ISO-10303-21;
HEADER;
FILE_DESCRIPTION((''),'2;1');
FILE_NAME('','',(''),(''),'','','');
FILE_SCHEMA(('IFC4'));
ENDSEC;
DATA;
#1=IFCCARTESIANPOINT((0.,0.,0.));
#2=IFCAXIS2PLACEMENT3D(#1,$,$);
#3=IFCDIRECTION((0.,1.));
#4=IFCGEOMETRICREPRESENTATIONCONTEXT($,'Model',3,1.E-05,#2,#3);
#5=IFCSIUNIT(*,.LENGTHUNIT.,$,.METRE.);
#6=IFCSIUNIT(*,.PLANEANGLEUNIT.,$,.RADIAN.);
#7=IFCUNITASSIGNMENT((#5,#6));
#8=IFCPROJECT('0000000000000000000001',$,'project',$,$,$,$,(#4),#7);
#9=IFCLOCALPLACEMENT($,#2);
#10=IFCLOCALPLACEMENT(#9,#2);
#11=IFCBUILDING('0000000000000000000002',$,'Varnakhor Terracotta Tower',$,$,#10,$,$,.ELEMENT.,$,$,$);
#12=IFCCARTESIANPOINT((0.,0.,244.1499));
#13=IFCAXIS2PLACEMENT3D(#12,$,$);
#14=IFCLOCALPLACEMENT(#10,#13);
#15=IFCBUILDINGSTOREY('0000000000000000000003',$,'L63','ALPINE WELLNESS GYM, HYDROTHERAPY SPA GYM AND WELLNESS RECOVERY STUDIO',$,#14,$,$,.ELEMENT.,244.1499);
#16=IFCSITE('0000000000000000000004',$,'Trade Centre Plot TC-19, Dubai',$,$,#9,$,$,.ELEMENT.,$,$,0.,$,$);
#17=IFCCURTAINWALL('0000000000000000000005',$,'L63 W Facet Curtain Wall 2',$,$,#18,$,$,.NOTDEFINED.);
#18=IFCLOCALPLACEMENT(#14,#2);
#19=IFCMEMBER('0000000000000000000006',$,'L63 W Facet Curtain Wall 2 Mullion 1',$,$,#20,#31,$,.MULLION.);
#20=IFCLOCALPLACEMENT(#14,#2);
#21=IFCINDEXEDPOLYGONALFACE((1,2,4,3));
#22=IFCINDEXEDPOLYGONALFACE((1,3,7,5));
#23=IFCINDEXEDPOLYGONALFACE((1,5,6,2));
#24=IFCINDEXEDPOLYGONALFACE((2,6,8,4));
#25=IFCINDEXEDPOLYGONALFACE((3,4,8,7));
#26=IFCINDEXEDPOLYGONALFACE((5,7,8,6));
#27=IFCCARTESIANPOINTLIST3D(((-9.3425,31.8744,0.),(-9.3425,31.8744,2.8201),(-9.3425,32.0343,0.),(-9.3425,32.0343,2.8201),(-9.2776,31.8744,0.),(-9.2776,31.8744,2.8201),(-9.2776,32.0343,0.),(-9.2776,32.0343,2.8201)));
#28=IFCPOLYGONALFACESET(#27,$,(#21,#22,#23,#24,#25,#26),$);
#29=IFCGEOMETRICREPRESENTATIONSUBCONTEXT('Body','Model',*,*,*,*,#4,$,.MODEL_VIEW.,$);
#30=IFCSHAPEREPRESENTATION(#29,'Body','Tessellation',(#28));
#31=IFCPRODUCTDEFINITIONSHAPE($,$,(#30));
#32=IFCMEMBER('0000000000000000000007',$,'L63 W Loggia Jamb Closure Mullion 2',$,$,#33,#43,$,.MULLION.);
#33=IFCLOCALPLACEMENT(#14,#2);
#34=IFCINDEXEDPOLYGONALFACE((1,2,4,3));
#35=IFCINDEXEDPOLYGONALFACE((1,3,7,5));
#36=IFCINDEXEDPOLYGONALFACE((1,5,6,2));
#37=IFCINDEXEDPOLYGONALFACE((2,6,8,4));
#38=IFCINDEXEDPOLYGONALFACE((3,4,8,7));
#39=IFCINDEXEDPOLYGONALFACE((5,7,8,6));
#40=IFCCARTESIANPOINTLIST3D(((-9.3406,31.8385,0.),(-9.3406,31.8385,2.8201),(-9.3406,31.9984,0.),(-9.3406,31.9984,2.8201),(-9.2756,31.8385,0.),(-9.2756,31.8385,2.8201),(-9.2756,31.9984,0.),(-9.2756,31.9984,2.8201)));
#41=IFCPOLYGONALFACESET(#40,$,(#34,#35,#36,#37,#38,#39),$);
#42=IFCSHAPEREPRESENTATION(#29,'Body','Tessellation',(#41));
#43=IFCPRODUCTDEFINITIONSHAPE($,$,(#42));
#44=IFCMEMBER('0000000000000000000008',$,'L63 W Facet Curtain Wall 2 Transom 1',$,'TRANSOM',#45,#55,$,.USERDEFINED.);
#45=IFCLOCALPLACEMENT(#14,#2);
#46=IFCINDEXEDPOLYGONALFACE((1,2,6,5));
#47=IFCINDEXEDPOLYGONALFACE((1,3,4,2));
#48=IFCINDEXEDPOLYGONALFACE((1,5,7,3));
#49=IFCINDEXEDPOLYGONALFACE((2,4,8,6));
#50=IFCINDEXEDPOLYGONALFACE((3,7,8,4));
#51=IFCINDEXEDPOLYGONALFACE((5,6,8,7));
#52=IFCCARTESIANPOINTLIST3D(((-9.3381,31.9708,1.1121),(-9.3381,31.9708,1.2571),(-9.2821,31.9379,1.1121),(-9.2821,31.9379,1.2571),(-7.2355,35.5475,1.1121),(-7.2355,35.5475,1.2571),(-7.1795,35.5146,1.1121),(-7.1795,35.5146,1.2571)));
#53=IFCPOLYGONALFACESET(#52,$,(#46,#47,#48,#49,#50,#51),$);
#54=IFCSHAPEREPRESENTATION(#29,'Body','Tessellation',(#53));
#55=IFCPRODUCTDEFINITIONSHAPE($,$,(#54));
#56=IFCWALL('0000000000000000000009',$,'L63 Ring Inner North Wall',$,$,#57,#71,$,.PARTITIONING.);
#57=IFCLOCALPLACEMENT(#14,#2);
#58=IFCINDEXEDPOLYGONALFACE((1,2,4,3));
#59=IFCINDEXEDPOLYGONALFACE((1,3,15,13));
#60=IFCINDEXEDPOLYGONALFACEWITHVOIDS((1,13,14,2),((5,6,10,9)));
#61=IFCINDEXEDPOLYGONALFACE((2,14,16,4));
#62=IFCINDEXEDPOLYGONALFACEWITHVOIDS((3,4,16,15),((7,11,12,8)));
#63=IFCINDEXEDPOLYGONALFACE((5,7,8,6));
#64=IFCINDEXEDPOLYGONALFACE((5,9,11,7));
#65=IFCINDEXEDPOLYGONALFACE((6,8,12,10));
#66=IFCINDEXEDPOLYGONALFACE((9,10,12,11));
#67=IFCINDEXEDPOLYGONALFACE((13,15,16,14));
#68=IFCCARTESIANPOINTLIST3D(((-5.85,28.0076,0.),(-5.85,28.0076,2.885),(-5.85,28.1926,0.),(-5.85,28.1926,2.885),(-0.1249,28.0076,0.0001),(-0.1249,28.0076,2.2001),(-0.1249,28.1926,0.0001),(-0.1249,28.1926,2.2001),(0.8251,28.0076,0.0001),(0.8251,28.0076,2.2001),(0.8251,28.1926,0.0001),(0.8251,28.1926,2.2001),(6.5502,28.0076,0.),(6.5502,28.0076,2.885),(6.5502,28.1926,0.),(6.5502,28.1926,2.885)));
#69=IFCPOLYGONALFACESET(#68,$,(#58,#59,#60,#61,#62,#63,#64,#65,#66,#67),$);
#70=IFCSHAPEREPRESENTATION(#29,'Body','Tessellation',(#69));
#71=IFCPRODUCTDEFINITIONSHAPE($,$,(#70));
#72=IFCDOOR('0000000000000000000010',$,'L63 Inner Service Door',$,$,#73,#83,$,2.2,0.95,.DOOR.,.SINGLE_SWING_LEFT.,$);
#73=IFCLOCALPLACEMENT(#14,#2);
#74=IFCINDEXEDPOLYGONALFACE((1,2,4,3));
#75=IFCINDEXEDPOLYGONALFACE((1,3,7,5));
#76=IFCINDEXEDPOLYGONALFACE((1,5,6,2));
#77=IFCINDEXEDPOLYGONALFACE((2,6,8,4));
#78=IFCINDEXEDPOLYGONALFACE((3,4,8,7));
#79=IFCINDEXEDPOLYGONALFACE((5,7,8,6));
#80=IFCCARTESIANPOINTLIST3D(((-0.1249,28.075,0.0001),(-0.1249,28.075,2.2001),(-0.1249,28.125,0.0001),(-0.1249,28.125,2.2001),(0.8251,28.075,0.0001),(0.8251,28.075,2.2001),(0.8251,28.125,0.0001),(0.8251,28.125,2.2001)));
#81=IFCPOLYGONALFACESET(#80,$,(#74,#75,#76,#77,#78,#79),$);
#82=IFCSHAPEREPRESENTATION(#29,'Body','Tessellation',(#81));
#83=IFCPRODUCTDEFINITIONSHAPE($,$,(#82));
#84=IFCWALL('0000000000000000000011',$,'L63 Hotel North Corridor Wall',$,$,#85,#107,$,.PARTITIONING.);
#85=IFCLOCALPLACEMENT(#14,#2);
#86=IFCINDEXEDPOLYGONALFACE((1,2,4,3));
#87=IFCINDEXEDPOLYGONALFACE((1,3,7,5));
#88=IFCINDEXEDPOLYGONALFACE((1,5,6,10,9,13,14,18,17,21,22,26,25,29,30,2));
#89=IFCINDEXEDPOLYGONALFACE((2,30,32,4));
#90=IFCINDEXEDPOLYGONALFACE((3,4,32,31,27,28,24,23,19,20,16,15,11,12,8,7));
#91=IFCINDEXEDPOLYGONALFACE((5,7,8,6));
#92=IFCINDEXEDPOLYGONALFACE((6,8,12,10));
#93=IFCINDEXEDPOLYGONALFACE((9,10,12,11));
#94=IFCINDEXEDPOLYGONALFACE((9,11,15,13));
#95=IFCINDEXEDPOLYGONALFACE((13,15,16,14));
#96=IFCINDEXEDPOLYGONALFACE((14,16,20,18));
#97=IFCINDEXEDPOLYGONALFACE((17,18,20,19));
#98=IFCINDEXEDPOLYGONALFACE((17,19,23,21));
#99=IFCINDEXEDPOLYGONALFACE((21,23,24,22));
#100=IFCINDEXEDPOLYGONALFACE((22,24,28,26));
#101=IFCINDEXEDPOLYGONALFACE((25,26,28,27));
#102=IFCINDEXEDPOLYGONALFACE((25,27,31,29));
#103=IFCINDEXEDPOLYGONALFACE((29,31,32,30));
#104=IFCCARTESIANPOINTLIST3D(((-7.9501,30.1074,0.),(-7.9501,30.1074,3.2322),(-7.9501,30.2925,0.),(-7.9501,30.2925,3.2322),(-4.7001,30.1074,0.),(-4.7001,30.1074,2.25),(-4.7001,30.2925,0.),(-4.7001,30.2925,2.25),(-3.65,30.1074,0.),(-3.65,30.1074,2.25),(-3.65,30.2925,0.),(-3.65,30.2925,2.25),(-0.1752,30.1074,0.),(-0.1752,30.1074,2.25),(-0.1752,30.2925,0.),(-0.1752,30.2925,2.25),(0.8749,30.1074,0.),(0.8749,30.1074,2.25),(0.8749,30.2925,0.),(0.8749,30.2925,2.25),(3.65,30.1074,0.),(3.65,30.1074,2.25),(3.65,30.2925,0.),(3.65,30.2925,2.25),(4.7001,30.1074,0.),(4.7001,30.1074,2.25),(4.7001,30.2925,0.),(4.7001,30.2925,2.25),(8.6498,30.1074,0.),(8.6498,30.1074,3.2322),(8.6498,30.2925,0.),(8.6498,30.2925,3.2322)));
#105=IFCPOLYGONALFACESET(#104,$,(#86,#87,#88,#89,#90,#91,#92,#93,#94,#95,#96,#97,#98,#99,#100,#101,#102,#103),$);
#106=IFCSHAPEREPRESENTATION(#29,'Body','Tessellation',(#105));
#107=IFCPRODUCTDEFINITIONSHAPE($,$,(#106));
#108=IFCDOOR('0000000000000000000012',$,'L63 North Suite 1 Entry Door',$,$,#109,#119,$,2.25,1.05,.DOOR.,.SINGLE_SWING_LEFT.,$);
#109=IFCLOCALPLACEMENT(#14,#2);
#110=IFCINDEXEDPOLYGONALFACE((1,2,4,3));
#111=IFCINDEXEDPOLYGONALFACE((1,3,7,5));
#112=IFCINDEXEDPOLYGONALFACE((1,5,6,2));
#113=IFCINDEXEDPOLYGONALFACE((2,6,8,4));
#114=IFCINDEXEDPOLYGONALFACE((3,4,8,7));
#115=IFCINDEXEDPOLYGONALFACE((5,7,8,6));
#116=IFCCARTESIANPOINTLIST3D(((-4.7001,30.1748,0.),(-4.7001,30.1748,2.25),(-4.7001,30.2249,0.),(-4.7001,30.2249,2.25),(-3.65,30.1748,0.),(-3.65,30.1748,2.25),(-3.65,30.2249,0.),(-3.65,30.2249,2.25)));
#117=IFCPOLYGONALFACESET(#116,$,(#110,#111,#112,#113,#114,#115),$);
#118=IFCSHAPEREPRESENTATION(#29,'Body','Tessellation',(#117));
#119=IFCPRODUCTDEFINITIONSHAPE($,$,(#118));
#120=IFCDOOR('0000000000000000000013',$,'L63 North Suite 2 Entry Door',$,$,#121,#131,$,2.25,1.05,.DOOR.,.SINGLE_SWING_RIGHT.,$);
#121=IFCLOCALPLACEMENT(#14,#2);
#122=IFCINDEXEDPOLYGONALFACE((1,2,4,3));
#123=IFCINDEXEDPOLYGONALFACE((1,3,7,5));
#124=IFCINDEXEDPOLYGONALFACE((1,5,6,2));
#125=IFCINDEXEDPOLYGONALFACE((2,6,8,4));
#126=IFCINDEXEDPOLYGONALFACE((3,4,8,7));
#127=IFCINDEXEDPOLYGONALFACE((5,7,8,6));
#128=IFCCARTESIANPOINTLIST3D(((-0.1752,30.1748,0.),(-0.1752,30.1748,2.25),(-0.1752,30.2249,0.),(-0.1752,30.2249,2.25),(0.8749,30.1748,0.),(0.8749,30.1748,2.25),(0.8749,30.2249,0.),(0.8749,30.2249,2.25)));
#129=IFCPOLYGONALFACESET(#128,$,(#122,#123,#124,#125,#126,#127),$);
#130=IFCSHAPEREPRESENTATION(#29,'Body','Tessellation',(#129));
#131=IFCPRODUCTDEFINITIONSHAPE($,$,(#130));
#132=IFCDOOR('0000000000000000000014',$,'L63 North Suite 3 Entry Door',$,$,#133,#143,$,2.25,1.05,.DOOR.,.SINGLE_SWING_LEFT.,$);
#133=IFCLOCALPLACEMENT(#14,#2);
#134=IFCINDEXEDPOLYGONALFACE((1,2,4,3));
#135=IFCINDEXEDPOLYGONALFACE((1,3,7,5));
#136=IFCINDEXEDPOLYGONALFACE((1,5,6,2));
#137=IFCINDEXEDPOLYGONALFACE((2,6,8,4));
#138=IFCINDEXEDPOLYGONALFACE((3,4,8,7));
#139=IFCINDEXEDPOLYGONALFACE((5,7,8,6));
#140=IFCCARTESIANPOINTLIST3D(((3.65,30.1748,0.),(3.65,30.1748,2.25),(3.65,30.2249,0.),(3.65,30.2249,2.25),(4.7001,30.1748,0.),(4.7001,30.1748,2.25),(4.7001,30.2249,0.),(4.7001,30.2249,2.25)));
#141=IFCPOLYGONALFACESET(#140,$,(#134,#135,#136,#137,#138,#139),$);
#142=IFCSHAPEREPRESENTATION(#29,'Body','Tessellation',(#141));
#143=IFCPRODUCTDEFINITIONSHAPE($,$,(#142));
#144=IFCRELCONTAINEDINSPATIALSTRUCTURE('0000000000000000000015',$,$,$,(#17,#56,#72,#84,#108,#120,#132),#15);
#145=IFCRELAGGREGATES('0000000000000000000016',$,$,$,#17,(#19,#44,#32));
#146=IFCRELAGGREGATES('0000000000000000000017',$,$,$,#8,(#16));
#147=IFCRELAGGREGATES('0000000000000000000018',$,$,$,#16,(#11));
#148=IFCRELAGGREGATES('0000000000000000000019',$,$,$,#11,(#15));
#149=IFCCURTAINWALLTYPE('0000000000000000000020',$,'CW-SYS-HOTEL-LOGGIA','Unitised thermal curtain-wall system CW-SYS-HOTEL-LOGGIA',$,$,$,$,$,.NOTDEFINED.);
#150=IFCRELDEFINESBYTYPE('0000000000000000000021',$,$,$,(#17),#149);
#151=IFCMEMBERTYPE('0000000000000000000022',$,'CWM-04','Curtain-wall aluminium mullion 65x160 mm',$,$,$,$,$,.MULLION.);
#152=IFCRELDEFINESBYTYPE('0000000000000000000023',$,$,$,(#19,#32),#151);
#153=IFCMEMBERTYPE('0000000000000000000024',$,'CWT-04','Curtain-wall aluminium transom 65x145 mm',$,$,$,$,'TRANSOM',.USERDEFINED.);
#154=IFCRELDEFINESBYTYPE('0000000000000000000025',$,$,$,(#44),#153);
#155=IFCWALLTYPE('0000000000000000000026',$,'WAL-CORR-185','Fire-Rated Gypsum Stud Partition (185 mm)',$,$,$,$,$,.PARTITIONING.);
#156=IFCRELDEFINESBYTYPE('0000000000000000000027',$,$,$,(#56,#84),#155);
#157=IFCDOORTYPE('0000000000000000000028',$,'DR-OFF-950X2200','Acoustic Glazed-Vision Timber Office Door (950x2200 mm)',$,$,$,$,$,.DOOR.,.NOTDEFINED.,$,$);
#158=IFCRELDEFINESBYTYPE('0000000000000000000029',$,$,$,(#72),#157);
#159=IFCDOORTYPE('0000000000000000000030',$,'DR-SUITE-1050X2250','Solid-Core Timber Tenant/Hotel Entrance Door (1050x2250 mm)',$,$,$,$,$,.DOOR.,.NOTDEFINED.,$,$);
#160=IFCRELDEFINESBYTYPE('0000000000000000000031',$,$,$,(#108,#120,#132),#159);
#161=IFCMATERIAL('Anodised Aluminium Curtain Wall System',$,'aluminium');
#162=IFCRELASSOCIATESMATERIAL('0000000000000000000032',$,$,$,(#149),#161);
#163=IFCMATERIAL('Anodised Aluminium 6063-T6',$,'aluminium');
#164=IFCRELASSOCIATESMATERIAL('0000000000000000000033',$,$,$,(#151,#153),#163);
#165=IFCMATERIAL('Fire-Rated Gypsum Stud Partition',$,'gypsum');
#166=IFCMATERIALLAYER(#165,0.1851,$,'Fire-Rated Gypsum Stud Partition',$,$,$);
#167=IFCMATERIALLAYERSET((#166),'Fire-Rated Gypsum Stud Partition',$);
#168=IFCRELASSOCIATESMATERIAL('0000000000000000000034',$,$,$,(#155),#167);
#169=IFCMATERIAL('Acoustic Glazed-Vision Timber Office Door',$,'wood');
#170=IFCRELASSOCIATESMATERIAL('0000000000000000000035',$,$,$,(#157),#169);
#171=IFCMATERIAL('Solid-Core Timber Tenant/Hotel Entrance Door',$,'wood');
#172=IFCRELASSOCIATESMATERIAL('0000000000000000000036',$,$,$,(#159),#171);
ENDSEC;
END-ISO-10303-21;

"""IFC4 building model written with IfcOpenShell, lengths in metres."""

from ifc_helpers import new_model, si_unit, direction, frame, frame_2d, origin, origin_2d, place, context, subcontext, project, spatial, rectangle, extrude, source, transform, mapped, material, layer, layer_set, material_profile, profile_set, type_object, type_shapes, element, fill, aggregate, save


model = new_model("IFC4")

# Units and contexts
model_context = context("Model", 3, precision=1e-05, world=origin(), true_north=direction((0.0, 1.0)))
body_context = subcontext(model_context, "Body", "Model", "MODEL_VIEW")
ifc_project = project(units=[si_unit("LENGTHUNIT", "METRE"), si_unit("PLANEANGLEUNIT", "RADIAN")], contexts=[model_context])

# Site, building, storey
site_placement = place(None, origin())
site = spatial("IfcSite", under=ifc_project, at=site_placement, Name="Trade Centre Plot TC-19, Dubai", CompositionType="ELEMENT", RefElevation=0.0)
building_placement = place(site_placement, origin())
building = spatial("IfcBuilding", under=site, at=building_placement, Name="Varnakhor Terracotta Tower", CompositionType="ELEMENT")
storey_placement = place(building_placement, frame((0.0, 0.0, 244.1499)))
storey = spatial("IfcBuildingStorey", under=building, at=storey_placement, Name="L63", Description="ALPINE WELLNESS GYM, HYDROTHERAPY SPA GYM AND WELLNESS RECOVERY STUDIO", CompositionType="ELEMENT", Elevation=244.1499)

# Curtain wall, members
ifc_material_1 = material(Name="Anodised Aluminium Curtain Wall System", Category="aluminium")
curtain_wall_type = type_object("IfcCurtainWallType", Name="CW-SYS-HOTEL-LOGGIA", Description="Unitised thermal curtain-wall system CW-SYS-HOTEL-LOGGIA", PredefinedType="NOTDEFINED", material=ifc_material_1)
curtain_wall_placement = place(storey_placement, origin())
curtain_wall = element("IfcCurtainWall", 1, at=curtain_wall_placement, inside=storey, type_object=curtain_wall_type, Name="L63 W Facet Curtain Wall 2", PredefinedType="NOTDEFINED")
ifc_material_2 = material(Name="Anodised Aluminium 6063-T6", Category="aluminium")
ifc_material_profile_1 = material_profile(ifc_material_2, rectangle(XDim=0.0649, YDim=0.1599, at=origin_2d()), Name="ALU MULLION 65x160")
ifc_profile_set_1 = profile_set([ifc_material_profile_1], Name="Anodised Aluminium 6063-T6")
member_type_1 = type_object("IfcMemberType", Name="CWM-04", Description="Curtain-wall aluminium mullion 65x160 mm", PredefinedType="MULLION", material=ifc_profile_set_1)
shared_shape_1 = source(origin(), body_context, "Body", "SweptSolid", [
    extrude(rectangle(XDim=0.0649, YDim=0.1599, at=origin_2d()), origin(), (0.0, 0.0, 1.0), 2.8201),
])
type_shapes(member_type_1, [shared_shape_1])
member_1_placement = place(storey_placement, frame((-9.3101, 31.9543, 0.0), z_axis=(0.0, 0.0, 1.0), x_axis=(1.0, 0.0, 0.0)))
member_1 = element("IfcMember", 2, at=member_1_placement, type_object=member_type_1, Name="L63 W Facet Curtain Wall 2 Mullion 1", PredefinedType="MULLION", context=body_context, shape_type="MappedRepresentation", body=[
    mapped(shared_shape_1, transform((0.0, 0.0, 0.0), scale=1.0)),
])
member_2_placement = place(storey_placement, frame((-9.3081, 31.9185, 0.0), z_axis=(0.0, 0.0, 1.0), x_axis=(1.0, 0.0, 0.0)))
member_2 = element("IfcMember", 3, at=member_2_placement, type_object=member_type_1, Name="L63 W Loggia Jamb Closure Mullion 2", PredefinedType="MULLION", context=body_context, shape_type="MappedRepresentation", body=[
    mapped(shared_shape_1, transform((0.0, 0.0, 0.0), scale=1.0)),
])
ifc_material_profile_2 = material_profile(ifc_material_2, rectangle(XDim=0.0649, YDim=0.145, at=origin_2d()), Name="ALU TRANSOM 65x145")
ifc_profile_set_2 = profile_set([ifc_material_profile_2], Name="Anodised Aluminium 6063-T6")
member_type_2 = type_object("IfcMemberType", Name="CWT-04", Description="Curtain-wall aluminium transom 65x145 mm", ElementType="TRANSOM", PredefinedType="USERDEFINED", material=ifc_profile_set_2)
shared_shape_2 = source(origin(), body_context, "Body", "SweptSolid", [
    extrude(rectangle(XDim=0.0649, YDim=0.145, at=origin_2d()), origin(), (0.0, 0.0, 1.0), 4.1489),
])
member_3_placement = place(storey_placement, frame((-9.3101, 31.9543, 1.1846), z_axis=(0.506773, 0.862079, 0.0), x_axis=(-0.862079, 0.506773, 0.0)))
member_3 = element("IfcMember", 4, at=member_3_placement, type_object=member_type_2, Name="L63 W Facet Curtain Wall 2 Transom 1", ObjectType="TRANSOM", PredefinedType="USERDEFINED", context=body_context, shape_type="MappedRepresentation", body=[
    mapped(shared_shape_2, transform((0.0, 0.0, 0.0), scale=1.0)),
])
aggregate(curtain_wall, [member_1, member_3, member_2])

# Wall, opening, door
ifc_material_3 = material(Name="Fire-Rated Gypsum Stud Partition", Category="gypsum")
ifc_layer_1 = layer(ifc_material_3, 0.1851, Name="Fire-Rated Gypsum Stud Partition")
ifc_layer_set_1 = layer_set([ifc_layer_1], Name="Fire-Rated Gypsum Stud Partition")
wall_type_1 = type_object("IfcWallType", Name="WAL-CORR-185", Description="Fire-Rated Gypsum Stud Partition (185 mm)", PredefinedType="PARTITIONING", material=ifc_layer_set_1)
wall_1_placement = place(storey_placement, frame((-5.8501, 28.1001, 0.0), z_axis=(0.0, 0.0, 1.0), x_axis=(1.0, 0.0, 0.0)))
wall_1 = element("IfcWall", 5, at=wall_1_placement, inside=storey, type_object=wall_type_1, Name="L63 Ring Inner North Wall", PredefinedType="PARTITIONING", context=body_context, shape_type="SweptSolid", body=[
    extrude(rectangle(XDim=12.4001, YDim=0.1851, at=frame_2d((6.2002, 0.0))), origin(), (0.0, 0.0, 1.0), 2.885),
])
opening_1_placement = place(wall_1_placement, frame((5.7251, 0.0, 0.0)))
opening_1 = element("IfcOpeningElement", 6, at=opening_1_placement, cuts=wall_1, PredefinedType="OPENING", context=body_context, shape_type="SweptSolid", body=[
    extrude(rectangle(XDim=0.95, YDim=2.2, at=frame_2d((0.4751, 1.1001))), frame((0.0, 0.1025, 0.0), z_axis=(0.0, -1.0, 0.0), x_axis=(1.0, 0.0, 0.0)), (0.0, 0.0, 1.0), 0.2051),
])
ifc_material_4 = material(Name="Acoustic Glazed-Vision Timber Office Door", Category="wood")
door_type_1 = type_object("IfcDoorType", Name="DR-OFF-950X2200", Description="Acoustic Glazed-Vision Timber Office Door (950x2200 mm)", OperationType="NOTDEFINED", PredefinedType="DOOR", material=ifc_material_4)
shared_shape_3 = source(origin(), body_context, "Body", "SweptSolid", [
    extrude(rectangle(XDim=0.95, YDim=2.2, at=frame_2d((0.4751, 1.1001))), frame((0.0, 0.0249, 0.0), z_axis=(0.0, -1.0, 0.0), x_axis=(1.0, 0.0, 0.0)), (0.0, 0.0, 1.0), 0.05),
])
type_shapes(door_type_1, [shared_shape_3])
door_1_placement = place(opening_1_placement, origin())
door_1 = element("IfcDoor", 7, at=door_1_placement, inside=storey, type_object=door_type_1, Name="L63 Inner Service Door", OperationType="SINGLE_SWING_LEFT", OverallHeight=2.2, OverallWidth=0.95, PredefinedType="DOOR", context=body_context, shape_type="MappedRepresentation", body=[
    mapped(shared_shape_3, transform((0.0, 0.0, 0.0), scale=1.0)),
])
fill(opening_1, door_1)

# Wall, openings, doors
wall_2_placement = place(storey_placement, frame((-7.95, 30.2, 0.0), z_axis=(0.0, 0.0, 1.0), x_axis=(1.0, 0.0, 0.0)))
wall_2 = element("IfcWall", 8, at=wall_2_placement, inside=storey, type_object=wall_type_1, Name="L63 Hotel North Corridor Wall", PredefinedType="PARTITIONING", context=body_context, shape_type="SweptSolid", body=[
    extrude(rectangle(XDim=16.5999, YDim=0.1851, at=frame_2d((8.2998, 0.0))), origin(), (0.0, 0.0, 1.0), 3.2322),
])
opening_2_placement = place(wall_2_placement, frame((3.25, 0.0, 0.0)))
opening_2 = element("IfcOpeningElement", 9, at=opening_2_placement, cuts=wall_2, PredefinedType="OPENING", context=body_context, shape_type="SweptSolid", body=[
    extrude(rectangle(XDim=1.05, YDim=2.25, at=frame_2d((0.5249, 1.125))), frame((0.0, 0.1025, 0.0), z_axis=(0.0, -1.0, 0.0), x_axis=(1.0, 0.0, 0.0)), (0.0, 0.0, 1.0), 0.2051),
])
opening_3_placement = place(wall_2_placement, frame((7.7749, 0.0, 0.0)))
opening_3 = element("IfcOpeningElement", 10, at=opening_3_placement, cuts=wall_2, PredefinedType="OPENING", context=body_context, shape_type="SweptSolid", body=[
    extrude(rectangle(XDim=1.05, YDim=2.25, at=frame_2d((0.5249, 1.125))), frame((0.0, 0.1025, 0.0), z_axis=(0.0, -1.0, 0.0), x_axis=(1.0, 0.0, 0.0)), (0.0, 0.0, 1.0), 0.2051),
])
opening_4_placement = place(wall_2_placement, frame((11.6001, 0.0, 0.0)))
opening_4 = element("IfcOpeningElement", 11, at=opening_4_placement, cuts=wall_2, PredefinedType="OPENING", context=body_context, shape_type="SweptSolid", body=[
    extrude(rectangle(XDim=1.05, YDim=2.25, at=frame_2d((0.5249, 1.125))), frame((0.0, 0.1025, 0.0), z_axis=(0.0, -1.0, 0.0), x_axis=(1.0, 0.0, 0.0)), (0.0, 0.0, 1.0), 0.2051),
])
ifc_material_5 = material(Name="Solid-Core Timber Tenant/Hotel Entrance Door", Category="wood")
door_type_2 = type_object("IfcDoorType", Name="DR-SUITE-1050X2250", Description="Solid-Core Timber Tenant/Hotel Entrance Door (1050x2250 mm)", OperationType="NOTDEFINED", PredefinedType="DOOR", material=ifc_material_5)
shared_shape_4 = source(origin(), body_context, "Body", "SweptSolid", [
    extrude(rectangle(XDim=1.05, YDim=2.25, at=frame_2d((0.5249, 1.125))), frame((0.0, 0.0249, 0.0), z_axis=(0.0, -1.0, 0.0), x_axis=(1.0, 0.0, 0.0)), (0.0, 0.0, 1.0), 0.05),
])
type_shapes(door_type_2, [shared_shape_4])
door_2_placement = place(opening_2_placement, origin())
door_2 = element("IfcDoor", 12, at=door_2_placement, inside=storey, type_object=door_type_2, Name="L63 North Suite 1 Entry Door", OperationType="SINGLE_SWING_LEFT", OverallHeight=2.25, OverallWidth=1.05, PredefinedType="DOOR", context=body_context, shape_type="MappedRepresentation", body=[
    mapped(shared_shape_4, transform((0.0, 0.0, 0.0), scale=1.0)),
])
fill(opening_2, door_2)
door_3_placement = place(opening_3_placement, origin())
door_3 = element("IfcDoor", 13, at=door_3_placement, inside=storey, type_object=door_type_2, Name="L63 North Suite 2 Entry Door", OperationType="SINGLE_SWING_RIGHT", OverallHeight=2.25, OverallWidth=1.05, PredefinedType="DOOR", context=body_context, shape_type="MappedRepresentation", body=[
    mapped(shared_shape_4, transform((0.0, 0.0, 0.0), scale=1.0)),
])
fill(opening_3, door_3)
door_4_placement = place(opening_4_placement, origin())
door_4 = element("IfcDoor", 14, at=door_4_placement, inside=storey, type_object=door_type_2, Name="L63 North Suite 3 Entry Door", OperationType="SINGLE_SWING_LEFT", OverallHeight=2.25, OverallWidth=1.05, PredefinedType="DOOR", context=body_context, shape_type="MappedRepresentation", body=[
    mapped(shared_shape_4, transform((0.0, 0.0, 0.0), scale=1.0)),
])
fill(opening_4, door_4)

save(model, "model.ifc")
